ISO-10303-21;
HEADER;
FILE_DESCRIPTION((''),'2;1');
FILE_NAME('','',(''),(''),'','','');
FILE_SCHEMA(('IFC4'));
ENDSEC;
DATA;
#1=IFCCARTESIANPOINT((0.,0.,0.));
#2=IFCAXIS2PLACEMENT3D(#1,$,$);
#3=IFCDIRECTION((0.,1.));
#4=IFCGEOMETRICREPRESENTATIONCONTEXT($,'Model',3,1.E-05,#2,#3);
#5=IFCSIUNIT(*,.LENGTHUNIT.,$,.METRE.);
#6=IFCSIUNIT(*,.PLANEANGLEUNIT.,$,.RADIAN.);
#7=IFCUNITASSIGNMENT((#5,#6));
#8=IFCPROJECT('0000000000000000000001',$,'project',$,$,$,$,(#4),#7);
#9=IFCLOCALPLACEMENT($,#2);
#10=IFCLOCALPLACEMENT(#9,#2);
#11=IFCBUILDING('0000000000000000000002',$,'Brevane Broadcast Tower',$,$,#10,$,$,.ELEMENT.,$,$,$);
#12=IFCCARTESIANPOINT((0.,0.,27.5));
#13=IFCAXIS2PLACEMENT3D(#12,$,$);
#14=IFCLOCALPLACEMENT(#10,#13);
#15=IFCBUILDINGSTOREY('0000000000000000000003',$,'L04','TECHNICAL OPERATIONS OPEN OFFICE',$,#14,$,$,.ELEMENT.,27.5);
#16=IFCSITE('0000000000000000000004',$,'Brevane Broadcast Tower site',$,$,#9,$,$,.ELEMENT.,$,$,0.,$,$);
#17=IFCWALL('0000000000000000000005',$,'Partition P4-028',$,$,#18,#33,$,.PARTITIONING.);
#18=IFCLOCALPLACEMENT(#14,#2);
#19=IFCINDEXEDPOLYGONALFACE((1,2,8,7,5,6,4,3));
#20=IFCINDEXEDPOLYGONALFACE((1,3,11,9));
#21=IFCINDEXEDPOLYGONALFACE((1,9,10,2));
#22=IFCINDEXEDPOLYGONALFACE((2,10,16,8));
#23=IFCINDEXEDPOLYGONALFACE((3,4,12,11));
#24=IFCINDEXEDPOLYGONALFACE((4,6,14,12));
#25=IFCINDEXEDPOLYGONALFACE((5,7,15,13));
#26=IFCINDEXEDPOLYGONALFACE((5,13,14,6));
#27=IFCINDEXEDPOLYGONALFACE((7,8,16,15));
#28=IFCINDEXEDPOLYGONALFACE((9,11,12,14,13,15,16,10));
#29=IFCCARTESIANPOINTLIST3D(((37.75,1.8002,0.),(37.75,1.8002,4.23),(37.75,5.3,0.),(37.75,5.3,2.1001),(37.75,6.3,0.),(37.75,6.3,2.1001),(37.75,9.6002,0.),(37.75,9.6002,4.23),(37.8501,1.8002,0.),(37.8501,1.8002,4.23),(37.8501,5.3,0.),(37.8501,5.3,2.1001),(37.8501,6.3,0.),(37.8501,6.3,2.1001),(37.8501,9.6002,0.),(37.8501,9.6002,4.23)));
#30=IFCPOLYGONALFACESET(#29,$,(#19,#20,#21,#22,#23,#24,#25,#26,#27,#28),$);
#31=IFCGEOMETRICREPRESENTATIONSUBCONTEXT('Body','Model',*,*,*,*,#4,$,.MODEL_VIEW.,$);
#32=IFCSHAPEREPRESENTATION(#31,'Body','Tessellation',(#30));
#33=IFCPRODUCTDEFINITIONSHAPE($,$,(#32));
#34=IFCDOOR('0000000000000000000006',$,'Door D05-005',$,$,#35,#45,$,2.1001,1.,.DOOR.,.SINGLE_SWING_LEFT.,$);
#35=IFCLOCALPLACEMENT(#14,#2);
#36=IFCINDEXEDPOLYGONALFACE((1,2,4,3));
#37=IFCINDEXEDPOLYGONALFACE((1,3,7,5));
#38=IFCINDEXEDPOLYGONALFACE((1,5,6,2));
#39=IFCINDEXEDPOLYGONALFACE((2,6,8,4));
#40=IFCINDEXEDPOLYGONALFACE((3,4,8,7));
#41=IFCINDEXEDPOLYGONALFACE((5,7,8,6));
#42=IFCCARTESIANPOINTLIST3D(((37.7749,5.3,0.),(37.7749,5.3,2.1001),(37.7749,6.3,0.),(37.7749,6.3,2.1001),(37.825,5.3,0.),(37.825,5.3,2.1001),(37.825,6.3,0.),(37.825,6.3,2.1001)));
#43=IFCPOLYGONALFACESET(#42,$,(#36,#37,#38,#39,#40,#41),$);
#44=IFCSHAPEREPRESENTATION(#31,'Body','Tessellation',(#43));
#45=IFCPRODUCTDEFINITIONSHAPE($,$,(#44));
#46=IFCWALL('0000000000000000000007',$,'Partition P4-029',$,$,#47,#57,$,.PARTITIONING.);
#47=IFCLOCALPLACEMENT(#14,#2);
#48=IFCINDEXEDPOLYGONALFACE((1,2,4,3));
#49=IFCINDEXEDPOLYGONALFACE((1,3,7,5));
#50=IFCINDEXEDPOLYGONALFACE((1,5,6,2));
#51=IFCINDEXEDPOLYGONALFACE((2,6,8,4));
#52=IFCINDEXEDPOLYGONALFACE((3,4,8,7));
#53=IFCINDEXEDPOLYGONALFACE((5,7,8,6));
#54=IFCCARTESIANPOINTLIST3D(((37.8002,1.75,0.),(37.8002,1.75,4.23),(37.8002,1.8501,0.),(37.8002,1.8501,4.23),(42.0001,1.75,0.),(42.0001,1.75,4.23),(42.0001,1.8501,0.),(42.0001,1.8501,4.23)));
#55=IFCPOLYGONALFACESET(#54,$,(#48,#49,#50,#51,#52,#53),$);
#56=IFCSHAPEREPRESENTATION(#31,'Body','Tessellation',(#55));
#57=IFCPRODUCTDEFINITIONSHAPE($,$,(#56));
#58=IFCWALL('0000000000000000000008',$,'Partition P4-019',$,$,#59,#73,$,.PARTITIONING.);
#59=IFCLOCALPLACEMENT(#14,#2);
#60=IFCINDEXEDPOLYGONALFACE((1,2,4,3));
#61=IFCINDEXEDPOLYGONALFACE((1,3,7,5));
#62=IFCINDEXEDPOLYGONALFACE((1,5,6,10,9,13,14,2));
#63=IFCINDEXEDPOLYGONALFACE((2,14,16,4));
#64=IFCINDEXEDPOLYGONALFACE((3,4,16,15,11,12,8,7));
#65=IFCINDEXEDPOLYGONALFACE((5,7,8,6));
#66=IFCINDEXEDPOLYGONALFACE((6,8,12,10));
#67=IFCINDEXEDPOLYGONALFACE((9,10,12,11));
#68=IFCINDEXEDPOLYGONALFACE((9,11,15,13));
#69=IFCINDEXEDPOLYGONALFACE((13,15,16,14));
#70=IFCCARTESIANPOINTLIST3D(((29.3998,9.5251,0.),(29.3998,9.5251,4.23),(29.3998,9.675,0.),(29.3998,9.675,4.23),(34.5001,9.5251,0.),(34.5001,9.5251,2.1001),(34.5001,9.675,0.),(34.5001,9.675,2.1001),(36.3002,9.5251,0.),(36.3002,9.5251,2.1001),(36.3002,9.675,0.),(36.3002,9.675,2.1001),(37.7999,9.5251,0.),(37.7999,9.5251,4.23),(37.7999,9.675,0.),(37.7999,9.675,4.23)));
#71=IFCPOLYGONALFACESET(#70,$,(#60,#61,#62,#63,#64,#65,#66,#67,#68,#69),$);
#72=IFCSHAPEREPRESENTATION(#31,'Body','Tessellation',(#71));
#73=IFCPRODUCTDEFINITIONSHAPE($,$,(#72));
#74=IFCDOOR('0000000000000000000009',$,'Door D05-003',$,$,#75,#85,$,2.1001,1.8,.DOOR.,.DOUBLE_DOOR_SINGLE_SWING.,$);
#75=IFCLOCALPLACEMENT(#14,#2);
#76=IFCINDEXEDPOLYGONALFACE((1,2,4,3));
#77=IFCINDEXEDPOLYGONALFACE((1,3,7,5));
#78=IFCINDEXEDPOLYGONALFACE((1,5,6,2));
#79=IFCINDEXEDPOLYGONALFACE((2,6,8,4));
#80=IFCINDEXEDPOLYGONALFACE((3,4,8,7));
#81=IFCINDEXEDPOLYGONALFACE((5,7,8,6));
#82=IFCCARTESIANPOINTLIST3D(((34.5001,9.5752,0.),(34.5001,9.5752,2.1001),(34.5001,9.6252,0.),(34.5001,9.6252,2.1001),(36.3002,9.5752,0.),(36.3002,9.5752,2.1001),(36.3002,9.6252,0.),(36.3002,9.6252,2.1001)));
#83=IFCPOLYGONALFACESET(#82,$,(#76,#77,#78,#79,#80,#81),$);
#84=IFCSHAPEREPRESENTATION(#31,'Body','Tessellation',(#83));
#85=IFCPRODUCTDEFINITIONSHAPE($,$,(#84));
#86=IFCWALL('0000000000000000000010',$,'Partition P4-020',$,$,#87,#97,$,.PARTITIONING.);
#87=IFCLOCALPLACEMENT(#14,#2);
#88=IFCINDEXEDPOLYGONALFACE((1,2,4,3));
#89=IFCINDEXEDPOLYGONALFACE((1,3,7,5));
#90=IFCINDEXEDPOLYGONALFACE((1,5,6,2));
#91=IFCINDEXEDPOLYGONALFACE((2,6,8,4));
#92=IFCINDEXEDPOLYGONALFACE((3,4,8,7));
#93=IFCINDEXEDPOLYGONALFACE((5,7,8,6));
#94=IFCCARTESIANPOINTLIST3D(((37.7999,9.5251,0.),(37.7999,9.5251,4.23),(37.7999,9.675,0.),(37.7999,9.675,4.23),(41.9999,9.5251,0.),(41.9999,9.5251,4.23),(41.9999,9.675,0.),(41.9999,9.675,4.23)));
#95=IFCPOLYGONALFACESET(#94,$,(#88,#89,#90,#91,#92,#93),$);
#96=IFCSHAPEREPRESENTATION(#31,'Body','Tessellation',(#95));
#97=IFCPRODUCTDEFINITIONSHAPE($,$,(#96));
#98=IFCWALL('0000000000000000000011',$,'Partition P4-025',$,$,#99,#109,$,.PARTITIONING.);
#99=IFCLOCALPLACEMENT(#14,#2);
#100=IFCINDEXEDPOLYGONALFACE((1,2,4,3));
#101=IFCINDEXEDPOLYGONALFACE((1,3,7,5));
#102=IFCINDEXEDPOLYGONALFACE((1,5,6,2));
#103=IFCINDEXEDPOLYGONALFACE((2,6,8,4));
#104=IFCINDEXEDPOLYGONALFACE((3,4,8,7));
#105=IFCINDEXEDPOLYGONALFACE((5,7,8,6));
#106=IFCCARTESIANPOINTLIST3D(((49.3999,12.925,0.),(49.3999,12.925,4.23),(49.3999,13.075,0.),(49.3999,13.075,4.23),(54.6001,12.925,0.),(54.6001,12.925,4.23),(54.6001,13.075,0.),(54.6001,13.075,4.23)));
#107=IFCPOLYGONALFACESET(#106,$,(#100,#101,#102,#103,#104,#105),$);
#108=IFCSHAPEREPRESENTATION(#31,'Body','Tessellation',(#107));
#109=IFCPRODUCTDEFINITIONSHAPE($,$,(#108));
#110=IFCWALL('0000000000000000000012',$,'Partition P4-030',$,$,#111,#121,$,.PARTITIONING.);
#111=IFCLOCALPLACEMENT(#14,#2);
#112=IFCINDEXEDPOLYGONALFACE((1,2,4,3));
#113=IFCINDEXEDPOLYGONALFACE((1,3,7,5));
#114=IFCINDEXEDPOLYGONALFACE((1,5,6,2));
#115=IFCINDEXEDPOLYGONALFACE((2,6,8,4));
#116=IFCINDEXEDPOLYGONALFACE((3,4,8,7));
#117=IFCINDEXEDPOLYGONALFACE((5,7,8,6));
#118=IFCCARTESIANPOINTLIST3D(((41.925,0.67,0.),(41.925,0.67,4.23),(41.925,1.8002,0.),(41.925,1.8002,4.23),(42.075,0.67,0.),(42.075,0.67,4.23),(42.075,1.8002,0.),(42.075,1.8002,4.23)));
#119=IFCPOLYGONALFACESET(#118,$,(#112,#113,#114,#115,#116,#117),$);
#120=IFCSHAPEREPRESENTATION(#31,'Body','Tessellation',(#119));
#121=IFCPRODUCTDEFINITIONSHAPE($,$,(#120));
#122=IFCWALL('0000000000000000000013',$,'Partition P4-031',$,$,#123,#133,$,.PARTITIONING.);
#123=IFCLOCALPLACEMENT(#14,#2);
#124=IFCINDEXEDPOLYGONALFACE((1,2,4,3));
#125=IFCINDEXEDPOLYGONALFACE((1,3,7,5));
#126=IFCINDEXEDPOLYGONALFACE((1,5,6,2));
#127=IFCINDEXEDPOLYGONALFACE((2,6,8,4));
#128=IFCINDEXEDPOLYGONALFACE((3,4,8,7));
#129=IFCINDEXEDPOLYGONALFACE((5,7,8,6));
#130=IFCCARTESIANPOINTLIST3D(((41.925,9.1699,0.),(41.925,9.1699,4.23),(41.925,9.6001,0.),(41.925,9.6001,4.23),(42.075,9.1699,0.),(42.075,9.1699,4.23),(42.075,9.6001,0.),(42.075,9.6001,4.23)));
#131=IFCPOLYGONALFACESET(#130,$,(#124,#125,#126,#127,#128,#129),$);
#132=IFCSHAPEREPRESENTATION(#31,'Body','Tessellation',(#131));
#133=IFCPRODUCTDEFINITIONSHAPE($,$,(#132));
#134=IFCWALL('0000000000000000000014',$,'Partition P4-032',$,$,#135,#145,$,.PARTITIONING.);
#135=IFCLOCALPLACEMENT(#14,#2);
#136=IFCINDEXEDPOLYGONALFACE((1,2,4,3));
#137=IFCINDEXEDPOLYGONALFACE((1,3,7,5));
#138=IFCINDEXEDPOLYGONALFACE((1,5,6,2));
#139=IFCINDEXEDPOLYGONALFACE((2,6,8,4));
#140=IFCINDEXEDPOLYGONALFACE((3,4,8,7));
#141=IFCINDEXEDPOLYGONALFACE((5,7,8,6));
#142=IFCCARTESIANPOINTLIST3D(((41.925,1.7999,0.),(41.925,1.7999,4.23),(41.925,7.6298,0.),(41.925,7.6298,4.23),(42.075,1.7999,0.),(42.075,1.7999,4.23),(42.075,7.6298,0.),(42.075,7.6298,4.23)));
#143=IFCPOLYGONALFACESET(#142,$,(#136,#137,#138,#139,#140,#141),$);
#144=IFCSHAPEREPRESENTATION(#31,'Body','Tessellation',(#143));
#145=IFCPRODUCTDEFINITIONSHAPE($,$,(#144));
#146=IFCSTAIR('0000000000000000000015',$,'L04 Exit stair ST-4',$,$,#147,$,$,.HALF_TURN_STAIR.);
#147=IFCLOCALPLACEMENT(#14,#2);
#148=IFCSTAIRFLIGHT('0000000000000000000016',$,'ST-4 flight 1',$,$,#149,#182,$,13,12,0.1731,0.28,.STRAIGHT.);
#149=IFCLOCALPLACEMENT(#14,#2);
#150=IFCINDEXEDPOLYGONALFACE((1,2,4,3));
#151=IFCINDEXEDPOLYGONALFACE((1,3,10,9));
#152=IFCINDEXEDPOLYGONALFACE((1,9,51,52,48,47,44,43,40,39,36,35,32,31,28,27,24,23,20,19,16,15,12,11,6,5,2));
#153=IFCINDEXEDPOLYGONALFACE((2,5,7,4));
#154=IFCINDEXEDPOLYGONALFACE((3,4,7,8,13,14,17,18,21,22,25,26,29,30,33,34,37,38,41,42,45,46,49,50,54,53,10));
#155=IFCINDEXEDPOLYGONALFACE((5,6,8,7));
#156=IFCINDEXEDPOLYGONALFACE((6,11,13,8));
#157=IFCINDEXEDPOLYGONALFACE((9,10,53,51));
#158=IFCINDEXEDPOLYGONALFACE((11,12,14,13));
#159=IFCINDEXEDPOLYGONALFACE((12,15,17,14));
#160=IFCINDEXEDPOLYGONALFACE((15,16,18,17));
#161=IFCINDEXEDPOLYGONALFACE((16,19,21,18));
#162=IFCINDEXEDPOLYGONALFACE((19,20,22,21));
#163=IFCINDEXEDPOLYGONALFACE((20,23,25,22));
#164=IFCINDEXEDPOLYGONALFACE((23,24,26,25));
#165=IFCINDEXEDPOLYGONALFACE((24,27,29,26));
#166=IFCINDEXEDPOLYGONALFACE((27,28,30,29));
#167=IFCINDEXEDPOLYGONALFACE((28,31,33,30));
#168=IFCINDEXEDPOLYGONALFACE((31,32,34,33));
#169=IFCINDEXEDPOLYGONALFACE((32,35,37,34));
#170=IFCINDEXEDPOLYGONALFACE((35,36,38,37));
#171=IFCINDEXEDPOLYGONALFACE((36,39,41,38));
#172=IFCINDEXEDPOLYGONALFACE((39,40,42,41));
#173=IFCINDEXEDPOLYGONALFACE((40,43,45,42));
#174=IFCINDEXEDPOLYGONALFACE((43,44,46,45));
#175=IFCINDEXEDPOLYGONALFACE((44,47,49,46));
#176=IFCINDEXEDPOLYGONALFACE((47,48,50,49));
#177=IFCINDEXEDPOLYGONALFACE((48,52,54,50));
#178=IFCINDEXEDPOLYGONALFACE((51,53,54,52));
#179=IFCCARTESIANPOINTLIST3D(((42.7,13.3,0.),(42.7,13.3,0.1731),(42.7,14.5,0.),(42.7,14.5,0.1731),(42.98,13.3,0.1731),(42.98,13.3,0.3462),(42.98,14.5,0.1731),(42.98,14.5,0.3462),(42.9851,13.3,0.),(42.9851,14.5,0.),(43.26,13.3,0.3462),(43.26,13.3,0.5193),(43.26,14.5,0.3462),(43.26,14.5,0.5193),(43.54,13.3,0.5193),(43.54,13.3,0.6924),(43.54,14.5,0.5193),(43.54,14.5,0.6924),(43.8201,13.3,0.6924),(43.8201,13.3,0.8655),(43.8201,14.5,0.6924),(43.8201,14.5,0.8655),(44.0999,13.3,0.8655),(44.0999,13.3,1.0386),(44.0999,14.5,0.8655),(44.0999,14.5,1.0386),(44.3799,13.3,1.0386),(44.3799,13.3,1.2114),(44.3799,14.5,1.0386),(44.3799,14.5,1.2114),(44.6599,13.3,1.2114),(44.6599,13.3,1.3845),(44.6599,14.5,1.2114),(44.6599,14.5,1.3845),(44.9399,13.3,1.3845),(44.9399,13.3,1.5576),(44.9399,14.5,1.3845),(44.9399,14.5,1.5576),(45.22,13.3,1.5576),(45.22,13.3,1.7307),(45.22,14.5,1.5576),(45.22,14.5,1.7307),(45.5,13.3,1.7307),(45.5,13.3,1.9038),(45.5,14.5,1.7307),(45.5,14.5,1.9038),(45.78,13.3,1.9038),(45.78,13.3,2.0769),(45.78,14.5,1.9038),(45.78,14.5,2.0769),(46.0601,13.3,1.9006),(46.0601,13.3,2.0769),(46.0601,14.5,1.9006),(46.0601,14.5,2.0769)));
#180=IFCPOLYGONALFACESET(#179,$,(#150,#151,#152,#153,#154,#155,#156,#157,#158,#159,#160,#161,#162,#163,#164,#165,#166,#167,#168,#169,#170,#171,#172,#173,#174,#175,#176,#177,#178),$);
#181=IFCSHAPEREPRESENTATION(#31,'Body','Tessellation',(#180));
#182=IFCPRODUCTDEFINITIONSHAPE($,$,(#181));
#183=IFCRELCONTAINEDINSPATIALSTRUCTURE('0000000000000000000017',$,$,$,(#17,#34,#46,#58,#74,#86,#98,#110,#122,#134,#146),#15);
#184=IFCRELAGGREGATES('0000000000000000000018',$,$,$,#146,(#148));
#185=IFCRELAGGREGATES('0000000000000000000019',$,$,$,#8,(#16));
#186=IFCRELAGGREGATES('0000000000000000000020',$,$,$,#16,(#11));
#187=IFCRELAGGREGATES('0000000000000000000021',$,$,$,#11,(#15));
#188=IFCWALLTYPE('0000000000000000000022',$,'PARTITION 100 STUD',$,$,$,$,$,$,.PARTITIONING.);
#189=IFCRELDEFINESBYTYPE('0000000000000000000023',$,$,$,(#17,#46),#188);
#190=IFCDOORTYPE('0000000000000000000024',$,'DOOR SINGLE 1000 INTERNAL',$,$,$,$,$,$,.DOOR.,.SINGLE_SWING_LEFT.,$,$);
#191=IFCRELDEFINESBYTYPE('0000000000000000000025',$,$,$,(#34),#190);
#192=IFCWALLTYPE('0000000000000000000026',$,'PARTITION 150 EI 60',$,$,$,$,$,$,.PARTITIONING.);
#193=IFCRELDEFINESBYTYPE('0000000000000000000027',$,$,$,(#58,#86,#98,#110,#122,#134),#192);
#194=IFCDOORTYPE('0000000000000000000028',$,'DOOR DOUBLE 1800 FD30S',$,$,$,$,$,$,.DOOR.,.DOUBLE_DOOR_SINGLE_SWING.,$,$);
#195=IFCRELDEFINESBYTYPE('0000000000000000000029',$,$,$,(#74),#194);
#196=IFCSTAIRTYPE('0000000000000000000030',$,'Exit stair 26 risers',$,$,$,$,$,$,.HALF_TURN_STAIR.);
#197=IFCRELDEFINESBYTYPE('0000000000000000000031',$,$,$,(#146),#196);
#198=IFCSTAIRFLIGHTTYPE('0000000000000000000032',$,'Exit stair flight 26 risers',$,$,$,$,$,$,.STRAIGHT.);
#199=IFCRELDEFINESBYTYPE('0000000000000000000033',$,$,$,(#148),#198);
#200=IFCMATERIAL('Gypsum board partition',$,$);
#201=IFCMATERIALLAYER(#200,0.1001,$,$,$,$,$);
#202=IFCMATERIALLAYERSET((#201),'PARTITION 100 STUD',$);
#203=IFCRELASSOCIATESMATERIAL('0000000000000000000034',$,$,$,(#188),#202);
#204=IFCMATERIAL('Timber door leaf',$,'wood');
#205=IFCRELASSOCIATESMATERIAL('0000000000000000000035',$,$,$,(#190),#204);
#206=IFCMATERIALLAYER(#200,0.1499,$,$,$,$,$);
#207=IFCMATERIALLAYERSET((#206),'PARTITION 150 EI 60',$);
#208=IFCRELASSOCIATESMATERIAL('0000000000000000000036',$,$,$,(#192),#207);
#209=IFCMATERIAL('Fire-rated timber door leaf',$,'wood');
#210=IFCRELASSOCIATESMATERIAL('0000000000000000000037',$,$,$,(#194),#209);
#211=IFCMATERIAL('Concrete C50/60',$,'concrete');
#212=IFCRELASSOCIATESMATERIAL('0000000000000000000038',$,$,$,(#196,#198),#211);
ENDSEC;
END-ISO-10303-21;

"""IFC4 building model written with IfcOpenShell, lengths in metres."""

from ifc_helpers import new_model, si_unit, direction, frame, frame_2d, origin, place, context, subcontext, project, spatial, polyline, rectangle, outline, extrude, material, layer, layer_set, type_object, element, fill, aggregate, save


model = new_model("IFC4")

# Units and contexts
model_context = context("Model", 3, precision=1e-05, world=origin(), true_north=direction((0.0, 1.0)))
body_context = subcontext(model_context, "Body", "Model", "MODEL_VIEW")
ifc_project = project(units=[si_unit("LENGTHUNIT", "METRE"), si_unit("PLANEANGLEUNIT", "RADIAN")], contexts=[model_context])

# Site, building, storey
site_placement = place(None, origin())
site = spatial("IfcSite", under=ifc_project, at=site_placement, Name="Brevane Broadcast Tower site", CompositionType="ELEMENT", RefElevation=0.0)
building_placement = place(site_placement, origin())
building = spatial("IfcBuilding", under=site, at=building_placement, Name="Brevane Broadcast Tower", CompositionType="ELEMENT")
storey_placement = place(building_placement, frame((0.0, 0.0, 27.5)))
storey = spatial("IfcBuildingStorey", under=building, at=storey_placement, Name="L04", Description="TECHNICAL OPERATIONS OPEN OFFICE", CompositionType="ELEMENT", Elevation=27.5)

# Wall, opening, door
ifc_material_1 = material(Name="Gypsum board partition")
ifc_layer_1 = layer(ifc_material_1, 0.1001)
ifc_layer_set_1 = layer_set([ifc_layer_1], Name="PARTITION 100 STUD")
wall_type_1 = type_object("IfcWallType", Name="PARTITION 100 STUD", PredefinedType="PARTITIONING", material=ifc_layer_set_1)
ifc_material_2 = material(Name="Timber door leaf", Category="wood")
wall_1_placement = place(storey_placement, frame((37.8, 9.6001, 0.0), z_axis=(0.0, 0.0, 1.0), x_axis=(0.0, -1.0, 0.0)))
wall_1 = element("IfcWall", 1, at=wall_1_placement, inside=storey, type_object=wall_type_1, Name="Partition P4-028", PredefinedType="PARTITIONING", context=body_context, shape_type="SweptSolid", body=[
    extrude(rectangle(XDim=7.8, YDim=0.1001, at=frame_2d((3.8999, 0.0))), origin(), (0.0, 0.0, 1.0), 4.23),
])
opening_1_placement = place(wall_1_placement, frame((3.3, 0.0, 0.0)))
opening_1 = element("IfcOpeningElement", 2, at=opening_1_placement, cuts=wall_1, PredefinedType="OPENING", context=body_context, shape_type="SweptSolid", body=[
    extrude(rectangle(XDim=1.0, YDim=2.1001, at=frame_2d((0.5, 1.05))), frame((0.0, 0.0601, 0.0), z_axis=(0.0, -1.0, 0.0), x_axis=(1.0, 0.0, 0.0)), (0.0, 0.0, 1.0), 0.1201),
])
door_type_1 = type_object("IfcDoorType", Name="DOOR SINGLE 1000 INTERNAL", OperationType="SINGLE_SWING_LEFT", PredefinedType="DOOR", material=ifc_material_2)
door_1_placement = place(opening_1_placement, origin())
door_1 = element("IfcDoor", 3, at=door_1_placement, inside=storey, type_object=door_type_1, Name="Door D05-005", OperationType="SINGLE_SWING_LEFT", OverallHeight=2.1001, OverallWidth=1.0, PredefinedType="DOOR", context=body_context, shape_type="SweptSolid", body=[
    extrude(rectangle(XDim=1.0, YDim=2.1001, at=frame_2d((0.5, 1.05))), frame((0.0, 0.0249, 0.0), z_axis=(0.0, -1.0, 0.0), x_axis=(1.0, 0.0, 0.0)), (0.0, 0.0, 1.0), 0.05),
])
fill(opening_1, door_1)

# Wall
wall_2_placement = place(storey_placement, frame((37.8, 1.8, 0.0), z_axis=(0.0, 0.0, 1.0), x_axis=(1.0, 0.0, 0.0)))
element("IfcWall", 4, at=wall_2_placement, inside=storey, type_object=wall_type_1, Name="Partition P4-029", PredefinedType="PARTITIONING", context=body_context, shape_type="SweptSolid", body=[
    extrude(rectangle(XDim=4.2, YDim=0.1001, at=frame_2d((2.1001, 0.0))), origin(), (0.0, 0.0, 1.0), 4.23),
])

# Wall, opening, door
ifc_layer_2 = layer(ifc_material_1, 0.1499)
ifc_layer_set_2 = layer_set([ifc_layer_2], Name="PARTITION 150 EI 60")
wall_type_2 = type_object("IfcWallType", Name="PARTITION 150 EI 60", PredefinedType="PARTITIONING", material=ifc_layer_set_2)
wall_3_placement = place(storey_placement, frame((37.8, 9.6001, 0.0), z_axis=(0.0, 0.0, 1.0), x_axis=(-1.0, 0.0, 0.0)))
wall_3 = element("IfcWall", 5, at=wall_3_placement, inside=storey, type_object=wall_type_2, Name="Partition P4-019", PredefinedType="PARTITIONING", context=body_context, shape_type="SweptSolid", body=[
    extrude(rectangle(XDim=8.4001, YDim=0.1499, at=frame_2d((4.2002, 0.0))), origin(), (0.0, 0.0, 1.0), 4.23),
])
opening_2_placement = place(wall_3_placement, frame((1.5, 0.0, 0.0)))
opening_2 = element("IfcOpeningElement", 6, at=opening_2_placement, cuts=wall_3, PredefinedType="OPENING", context=body_context, shape_type="SweptSolid", body=[
    extrude(rectangle(XDim=1.8, YDim=2.1001, at=frame_2d((0.8999, 1.05))), frame((0.0, 0.085, 0.0), z_axis=(0.0, -1.0, 0.0), x_axis=(1.0, 0.0, 0.0)), (0.0, 0.0, 1.0), 0.1699),
])
ifc_material_3 = material(Name="Fire-rated timber door leaf", Category="wood")
door_type_2 = type_object("IfcDoorType", Name="DOOR DOUBLE 1800 FD30S", OperationType="DOUBLE_DOOR_SINGLE_SWING", PredefinedType="DOOR", material=ifc_material_3)
door_2_placement = place(opening_2_placement, origin())
door_2 = element("IfcDoor", 7, at=door_2_placement, inside=storey, type_object=door_type_2, Name="Door D05-003", OperationType="DOUBLE_DOOR_SINGLE_SWING", OverallHeight=2.1001, OverallWidth=1.8, PredefinedType="DOOR", context=body_context, shape_type="SweptSolid", body=[
    extrude(rectangle(XDim=1.8, YDim=2.1001, at=frame_2d((0.8999, 1.05))), frame((0.0, 0.0249, 0.0), z_axis=(0.0, -1.0, 0.0), x_axis=(1.0, 0.0, 0.0)), (0.0, 0.0, 1.0), 0.05),
])
fill(opening_2, door_2)

# Wall
wall_4_placement = place(storey_placement, frame((42.0, 9.6001, 0.0), z_axis=(0.0, 0.0, 1.0), x_axis=(-1.0, 0.0, 0.0)))
element("IfcWall", 8, at=wall_4_placement, inside=storey, type_object=wall_type_2, Name="Partition P4-020", PredefinedType="PARTITIONING", context=body_context, shape_type="SweptSolid", body=[
    extrude(rectangle(XDim=4.2, YDim=0.1499, at=frame_2d((2.1001, 0.0))), origin(), (0.0, 0.0, 1.0), 4.23),
])

# Walls
wall_5_placement = place(storey_placement, frame((49.3999, 13.0, 0.0), z_axis=(0.0, 0.0, 1.0), x_axis=(1.0, 0.0, 0.0)))
element("IfcWall", 9, at=wall_5_placement, inside=storey, type_object=wall_type_2, Name="Partition P4-025", PredefinedType="PARTITIONING", context=body_context, shape_type="SweptSolid", body=[
    extrude(rectangle(XDim=5.2002, YDim=0.1499, at=frame_2d((2.6001, 0.0))), origin(), (0.0, 0.0, 1.0), 4.23),
])
wall_6_placement = place(storey_placement, frame((42.0, 1.8, 0.0), z_axis=(0.0, 0.0, 1.0), x_axis=(0.0, -1.0, 0.0)))
element("IfcWall", 10, at=wall_6_placement, inside=storey, type_object=wall_type_2, Name="Partition P4-030", PredefinedType="PARTITIONING", context=body_context, shape_type="SweptSolid", body=[
    extrude(rectangle(XDim=1.1301, YDim=0.1499, at=frame_2d((0.5649, 0.0))), origin(), (0.0, 0.0, 1.0), 4.23),
])
wall_7_placement = place(storey_placement, frame((42.0, 9.6001, 0.0), z_axis=(0.0, 0.0, 1.0), x_axis=(0.0, -1.0, 0.0)))
element("IfcWall", 11, at=wall_7_placement, inside=storey, type_object=wall_type_2, Name="Partition P4-031", PredefinedType="PARTITIONING", context=body_context, shape_type="SweptSolid", body=[
    extrude(rectangle(XDim=0.4302, YDim=0.1499, at=frame_2d((0.2151, 0.0))), origin(), (0.0, 0.0, 1.0), 4.23),
])
wall_8_placement = place(storey_placement, frame((42.0, 7.6299, 0.0), z_axis=(0.0, 0.0, 1.0), x_axis=(0.0, -1.0, 0.0)))
element("IfcWall", 12, at=wall_8_placement, inside=storey, type_object=wall_type_2, Name="Partition P4-032", PredefinedType="PARTITIONING", context=body_context, shape_type="SweptSolid", body=[
    extrude(rectangle(XDim=5.8298, YDim=0.1499, at=frame_2d((2.915, 0.0))), origin(), (0.0, 0.0, 1.0), 4.23),
])

# Stair, stair flight
ifc_material_4 = material(Name="Concrete C50/60", Category="concrete")
stair_type = type_object("IfcStairType", Name="Exit stair 26 risers", PredefinedType="HALF_TURN_STAIR", material=ifc_material_4)
stair_placement = place(storey_placement, origin())
stair = element("IfcStair", 13, at=stair_placement, inside=storey, type_object=stair_type, Name="L04 Exit stair ST-4", PredefinedType="HALF_TURN_STAIR")
stair_flight_type = type_object("IfcStairFlightType", Name="Exit stair flight 26 risers", PredefinedType="STRAIGHT", material=ifc_material_4)
stair_flight_placement = place(storey_placement, frame((42.7, 13.8999, 0.0), z_axis=(0.0, 0.0, 1.0), x_axis=(1.0, 0.0, 0.0)))
stair_flight = element("IfcStairFlight", 14, at=stair_flight_placement, type_object=stair_flight_type, Name="ST-4 flight 1", NumberOfRisers=13, NumberOfTreads=12, PredefinedType="STRAIGHT", RiserHeight=0.1731, TreadLength=0.28, context=body_context, shape_type="SweptSolid", body=[
    extrude(outline(polyline([(0.0, 0.0), (0.0, 0.1731), (0.28, 0.1731), (0.28, 0.3462), (0.5601, 0.3462), (0.5601, 0.5193), (0.8401, 0.5193), (0.8401, 0.6924), (1.1201, 0.6924), (1.1201, 0.8655), (1.3999, 0.8655), (1.3999, 1.0386), (1.6799, 1.0386), (1.6799, 1.2114), (1.96, 1.2114), (1.96, 1.3845), (2.24, 1.3845), (2.24, 1.5576), (2.52, 1.5576), (2.52, 1.7307), (2.8, 1.7307), (2.8, 1.9038), (3.0801, 1.9038), (3.0801, 2.0769), (3.3601, 2.0769), (3.3601, 2.25), (3.3601, 1.9006), (0.2852, 0.0), (0.0, 0.0)])), frame((0.0, 0.6001, 0.0), z_axis=(0.0, -1.0, 0.0), x_axis=(1.0, 0.0, 0.0)), (0.0, 0.0, 1.0), 1.2),
])
aggregate(stair, [stair_flight])

save(model, "model.ifc")
